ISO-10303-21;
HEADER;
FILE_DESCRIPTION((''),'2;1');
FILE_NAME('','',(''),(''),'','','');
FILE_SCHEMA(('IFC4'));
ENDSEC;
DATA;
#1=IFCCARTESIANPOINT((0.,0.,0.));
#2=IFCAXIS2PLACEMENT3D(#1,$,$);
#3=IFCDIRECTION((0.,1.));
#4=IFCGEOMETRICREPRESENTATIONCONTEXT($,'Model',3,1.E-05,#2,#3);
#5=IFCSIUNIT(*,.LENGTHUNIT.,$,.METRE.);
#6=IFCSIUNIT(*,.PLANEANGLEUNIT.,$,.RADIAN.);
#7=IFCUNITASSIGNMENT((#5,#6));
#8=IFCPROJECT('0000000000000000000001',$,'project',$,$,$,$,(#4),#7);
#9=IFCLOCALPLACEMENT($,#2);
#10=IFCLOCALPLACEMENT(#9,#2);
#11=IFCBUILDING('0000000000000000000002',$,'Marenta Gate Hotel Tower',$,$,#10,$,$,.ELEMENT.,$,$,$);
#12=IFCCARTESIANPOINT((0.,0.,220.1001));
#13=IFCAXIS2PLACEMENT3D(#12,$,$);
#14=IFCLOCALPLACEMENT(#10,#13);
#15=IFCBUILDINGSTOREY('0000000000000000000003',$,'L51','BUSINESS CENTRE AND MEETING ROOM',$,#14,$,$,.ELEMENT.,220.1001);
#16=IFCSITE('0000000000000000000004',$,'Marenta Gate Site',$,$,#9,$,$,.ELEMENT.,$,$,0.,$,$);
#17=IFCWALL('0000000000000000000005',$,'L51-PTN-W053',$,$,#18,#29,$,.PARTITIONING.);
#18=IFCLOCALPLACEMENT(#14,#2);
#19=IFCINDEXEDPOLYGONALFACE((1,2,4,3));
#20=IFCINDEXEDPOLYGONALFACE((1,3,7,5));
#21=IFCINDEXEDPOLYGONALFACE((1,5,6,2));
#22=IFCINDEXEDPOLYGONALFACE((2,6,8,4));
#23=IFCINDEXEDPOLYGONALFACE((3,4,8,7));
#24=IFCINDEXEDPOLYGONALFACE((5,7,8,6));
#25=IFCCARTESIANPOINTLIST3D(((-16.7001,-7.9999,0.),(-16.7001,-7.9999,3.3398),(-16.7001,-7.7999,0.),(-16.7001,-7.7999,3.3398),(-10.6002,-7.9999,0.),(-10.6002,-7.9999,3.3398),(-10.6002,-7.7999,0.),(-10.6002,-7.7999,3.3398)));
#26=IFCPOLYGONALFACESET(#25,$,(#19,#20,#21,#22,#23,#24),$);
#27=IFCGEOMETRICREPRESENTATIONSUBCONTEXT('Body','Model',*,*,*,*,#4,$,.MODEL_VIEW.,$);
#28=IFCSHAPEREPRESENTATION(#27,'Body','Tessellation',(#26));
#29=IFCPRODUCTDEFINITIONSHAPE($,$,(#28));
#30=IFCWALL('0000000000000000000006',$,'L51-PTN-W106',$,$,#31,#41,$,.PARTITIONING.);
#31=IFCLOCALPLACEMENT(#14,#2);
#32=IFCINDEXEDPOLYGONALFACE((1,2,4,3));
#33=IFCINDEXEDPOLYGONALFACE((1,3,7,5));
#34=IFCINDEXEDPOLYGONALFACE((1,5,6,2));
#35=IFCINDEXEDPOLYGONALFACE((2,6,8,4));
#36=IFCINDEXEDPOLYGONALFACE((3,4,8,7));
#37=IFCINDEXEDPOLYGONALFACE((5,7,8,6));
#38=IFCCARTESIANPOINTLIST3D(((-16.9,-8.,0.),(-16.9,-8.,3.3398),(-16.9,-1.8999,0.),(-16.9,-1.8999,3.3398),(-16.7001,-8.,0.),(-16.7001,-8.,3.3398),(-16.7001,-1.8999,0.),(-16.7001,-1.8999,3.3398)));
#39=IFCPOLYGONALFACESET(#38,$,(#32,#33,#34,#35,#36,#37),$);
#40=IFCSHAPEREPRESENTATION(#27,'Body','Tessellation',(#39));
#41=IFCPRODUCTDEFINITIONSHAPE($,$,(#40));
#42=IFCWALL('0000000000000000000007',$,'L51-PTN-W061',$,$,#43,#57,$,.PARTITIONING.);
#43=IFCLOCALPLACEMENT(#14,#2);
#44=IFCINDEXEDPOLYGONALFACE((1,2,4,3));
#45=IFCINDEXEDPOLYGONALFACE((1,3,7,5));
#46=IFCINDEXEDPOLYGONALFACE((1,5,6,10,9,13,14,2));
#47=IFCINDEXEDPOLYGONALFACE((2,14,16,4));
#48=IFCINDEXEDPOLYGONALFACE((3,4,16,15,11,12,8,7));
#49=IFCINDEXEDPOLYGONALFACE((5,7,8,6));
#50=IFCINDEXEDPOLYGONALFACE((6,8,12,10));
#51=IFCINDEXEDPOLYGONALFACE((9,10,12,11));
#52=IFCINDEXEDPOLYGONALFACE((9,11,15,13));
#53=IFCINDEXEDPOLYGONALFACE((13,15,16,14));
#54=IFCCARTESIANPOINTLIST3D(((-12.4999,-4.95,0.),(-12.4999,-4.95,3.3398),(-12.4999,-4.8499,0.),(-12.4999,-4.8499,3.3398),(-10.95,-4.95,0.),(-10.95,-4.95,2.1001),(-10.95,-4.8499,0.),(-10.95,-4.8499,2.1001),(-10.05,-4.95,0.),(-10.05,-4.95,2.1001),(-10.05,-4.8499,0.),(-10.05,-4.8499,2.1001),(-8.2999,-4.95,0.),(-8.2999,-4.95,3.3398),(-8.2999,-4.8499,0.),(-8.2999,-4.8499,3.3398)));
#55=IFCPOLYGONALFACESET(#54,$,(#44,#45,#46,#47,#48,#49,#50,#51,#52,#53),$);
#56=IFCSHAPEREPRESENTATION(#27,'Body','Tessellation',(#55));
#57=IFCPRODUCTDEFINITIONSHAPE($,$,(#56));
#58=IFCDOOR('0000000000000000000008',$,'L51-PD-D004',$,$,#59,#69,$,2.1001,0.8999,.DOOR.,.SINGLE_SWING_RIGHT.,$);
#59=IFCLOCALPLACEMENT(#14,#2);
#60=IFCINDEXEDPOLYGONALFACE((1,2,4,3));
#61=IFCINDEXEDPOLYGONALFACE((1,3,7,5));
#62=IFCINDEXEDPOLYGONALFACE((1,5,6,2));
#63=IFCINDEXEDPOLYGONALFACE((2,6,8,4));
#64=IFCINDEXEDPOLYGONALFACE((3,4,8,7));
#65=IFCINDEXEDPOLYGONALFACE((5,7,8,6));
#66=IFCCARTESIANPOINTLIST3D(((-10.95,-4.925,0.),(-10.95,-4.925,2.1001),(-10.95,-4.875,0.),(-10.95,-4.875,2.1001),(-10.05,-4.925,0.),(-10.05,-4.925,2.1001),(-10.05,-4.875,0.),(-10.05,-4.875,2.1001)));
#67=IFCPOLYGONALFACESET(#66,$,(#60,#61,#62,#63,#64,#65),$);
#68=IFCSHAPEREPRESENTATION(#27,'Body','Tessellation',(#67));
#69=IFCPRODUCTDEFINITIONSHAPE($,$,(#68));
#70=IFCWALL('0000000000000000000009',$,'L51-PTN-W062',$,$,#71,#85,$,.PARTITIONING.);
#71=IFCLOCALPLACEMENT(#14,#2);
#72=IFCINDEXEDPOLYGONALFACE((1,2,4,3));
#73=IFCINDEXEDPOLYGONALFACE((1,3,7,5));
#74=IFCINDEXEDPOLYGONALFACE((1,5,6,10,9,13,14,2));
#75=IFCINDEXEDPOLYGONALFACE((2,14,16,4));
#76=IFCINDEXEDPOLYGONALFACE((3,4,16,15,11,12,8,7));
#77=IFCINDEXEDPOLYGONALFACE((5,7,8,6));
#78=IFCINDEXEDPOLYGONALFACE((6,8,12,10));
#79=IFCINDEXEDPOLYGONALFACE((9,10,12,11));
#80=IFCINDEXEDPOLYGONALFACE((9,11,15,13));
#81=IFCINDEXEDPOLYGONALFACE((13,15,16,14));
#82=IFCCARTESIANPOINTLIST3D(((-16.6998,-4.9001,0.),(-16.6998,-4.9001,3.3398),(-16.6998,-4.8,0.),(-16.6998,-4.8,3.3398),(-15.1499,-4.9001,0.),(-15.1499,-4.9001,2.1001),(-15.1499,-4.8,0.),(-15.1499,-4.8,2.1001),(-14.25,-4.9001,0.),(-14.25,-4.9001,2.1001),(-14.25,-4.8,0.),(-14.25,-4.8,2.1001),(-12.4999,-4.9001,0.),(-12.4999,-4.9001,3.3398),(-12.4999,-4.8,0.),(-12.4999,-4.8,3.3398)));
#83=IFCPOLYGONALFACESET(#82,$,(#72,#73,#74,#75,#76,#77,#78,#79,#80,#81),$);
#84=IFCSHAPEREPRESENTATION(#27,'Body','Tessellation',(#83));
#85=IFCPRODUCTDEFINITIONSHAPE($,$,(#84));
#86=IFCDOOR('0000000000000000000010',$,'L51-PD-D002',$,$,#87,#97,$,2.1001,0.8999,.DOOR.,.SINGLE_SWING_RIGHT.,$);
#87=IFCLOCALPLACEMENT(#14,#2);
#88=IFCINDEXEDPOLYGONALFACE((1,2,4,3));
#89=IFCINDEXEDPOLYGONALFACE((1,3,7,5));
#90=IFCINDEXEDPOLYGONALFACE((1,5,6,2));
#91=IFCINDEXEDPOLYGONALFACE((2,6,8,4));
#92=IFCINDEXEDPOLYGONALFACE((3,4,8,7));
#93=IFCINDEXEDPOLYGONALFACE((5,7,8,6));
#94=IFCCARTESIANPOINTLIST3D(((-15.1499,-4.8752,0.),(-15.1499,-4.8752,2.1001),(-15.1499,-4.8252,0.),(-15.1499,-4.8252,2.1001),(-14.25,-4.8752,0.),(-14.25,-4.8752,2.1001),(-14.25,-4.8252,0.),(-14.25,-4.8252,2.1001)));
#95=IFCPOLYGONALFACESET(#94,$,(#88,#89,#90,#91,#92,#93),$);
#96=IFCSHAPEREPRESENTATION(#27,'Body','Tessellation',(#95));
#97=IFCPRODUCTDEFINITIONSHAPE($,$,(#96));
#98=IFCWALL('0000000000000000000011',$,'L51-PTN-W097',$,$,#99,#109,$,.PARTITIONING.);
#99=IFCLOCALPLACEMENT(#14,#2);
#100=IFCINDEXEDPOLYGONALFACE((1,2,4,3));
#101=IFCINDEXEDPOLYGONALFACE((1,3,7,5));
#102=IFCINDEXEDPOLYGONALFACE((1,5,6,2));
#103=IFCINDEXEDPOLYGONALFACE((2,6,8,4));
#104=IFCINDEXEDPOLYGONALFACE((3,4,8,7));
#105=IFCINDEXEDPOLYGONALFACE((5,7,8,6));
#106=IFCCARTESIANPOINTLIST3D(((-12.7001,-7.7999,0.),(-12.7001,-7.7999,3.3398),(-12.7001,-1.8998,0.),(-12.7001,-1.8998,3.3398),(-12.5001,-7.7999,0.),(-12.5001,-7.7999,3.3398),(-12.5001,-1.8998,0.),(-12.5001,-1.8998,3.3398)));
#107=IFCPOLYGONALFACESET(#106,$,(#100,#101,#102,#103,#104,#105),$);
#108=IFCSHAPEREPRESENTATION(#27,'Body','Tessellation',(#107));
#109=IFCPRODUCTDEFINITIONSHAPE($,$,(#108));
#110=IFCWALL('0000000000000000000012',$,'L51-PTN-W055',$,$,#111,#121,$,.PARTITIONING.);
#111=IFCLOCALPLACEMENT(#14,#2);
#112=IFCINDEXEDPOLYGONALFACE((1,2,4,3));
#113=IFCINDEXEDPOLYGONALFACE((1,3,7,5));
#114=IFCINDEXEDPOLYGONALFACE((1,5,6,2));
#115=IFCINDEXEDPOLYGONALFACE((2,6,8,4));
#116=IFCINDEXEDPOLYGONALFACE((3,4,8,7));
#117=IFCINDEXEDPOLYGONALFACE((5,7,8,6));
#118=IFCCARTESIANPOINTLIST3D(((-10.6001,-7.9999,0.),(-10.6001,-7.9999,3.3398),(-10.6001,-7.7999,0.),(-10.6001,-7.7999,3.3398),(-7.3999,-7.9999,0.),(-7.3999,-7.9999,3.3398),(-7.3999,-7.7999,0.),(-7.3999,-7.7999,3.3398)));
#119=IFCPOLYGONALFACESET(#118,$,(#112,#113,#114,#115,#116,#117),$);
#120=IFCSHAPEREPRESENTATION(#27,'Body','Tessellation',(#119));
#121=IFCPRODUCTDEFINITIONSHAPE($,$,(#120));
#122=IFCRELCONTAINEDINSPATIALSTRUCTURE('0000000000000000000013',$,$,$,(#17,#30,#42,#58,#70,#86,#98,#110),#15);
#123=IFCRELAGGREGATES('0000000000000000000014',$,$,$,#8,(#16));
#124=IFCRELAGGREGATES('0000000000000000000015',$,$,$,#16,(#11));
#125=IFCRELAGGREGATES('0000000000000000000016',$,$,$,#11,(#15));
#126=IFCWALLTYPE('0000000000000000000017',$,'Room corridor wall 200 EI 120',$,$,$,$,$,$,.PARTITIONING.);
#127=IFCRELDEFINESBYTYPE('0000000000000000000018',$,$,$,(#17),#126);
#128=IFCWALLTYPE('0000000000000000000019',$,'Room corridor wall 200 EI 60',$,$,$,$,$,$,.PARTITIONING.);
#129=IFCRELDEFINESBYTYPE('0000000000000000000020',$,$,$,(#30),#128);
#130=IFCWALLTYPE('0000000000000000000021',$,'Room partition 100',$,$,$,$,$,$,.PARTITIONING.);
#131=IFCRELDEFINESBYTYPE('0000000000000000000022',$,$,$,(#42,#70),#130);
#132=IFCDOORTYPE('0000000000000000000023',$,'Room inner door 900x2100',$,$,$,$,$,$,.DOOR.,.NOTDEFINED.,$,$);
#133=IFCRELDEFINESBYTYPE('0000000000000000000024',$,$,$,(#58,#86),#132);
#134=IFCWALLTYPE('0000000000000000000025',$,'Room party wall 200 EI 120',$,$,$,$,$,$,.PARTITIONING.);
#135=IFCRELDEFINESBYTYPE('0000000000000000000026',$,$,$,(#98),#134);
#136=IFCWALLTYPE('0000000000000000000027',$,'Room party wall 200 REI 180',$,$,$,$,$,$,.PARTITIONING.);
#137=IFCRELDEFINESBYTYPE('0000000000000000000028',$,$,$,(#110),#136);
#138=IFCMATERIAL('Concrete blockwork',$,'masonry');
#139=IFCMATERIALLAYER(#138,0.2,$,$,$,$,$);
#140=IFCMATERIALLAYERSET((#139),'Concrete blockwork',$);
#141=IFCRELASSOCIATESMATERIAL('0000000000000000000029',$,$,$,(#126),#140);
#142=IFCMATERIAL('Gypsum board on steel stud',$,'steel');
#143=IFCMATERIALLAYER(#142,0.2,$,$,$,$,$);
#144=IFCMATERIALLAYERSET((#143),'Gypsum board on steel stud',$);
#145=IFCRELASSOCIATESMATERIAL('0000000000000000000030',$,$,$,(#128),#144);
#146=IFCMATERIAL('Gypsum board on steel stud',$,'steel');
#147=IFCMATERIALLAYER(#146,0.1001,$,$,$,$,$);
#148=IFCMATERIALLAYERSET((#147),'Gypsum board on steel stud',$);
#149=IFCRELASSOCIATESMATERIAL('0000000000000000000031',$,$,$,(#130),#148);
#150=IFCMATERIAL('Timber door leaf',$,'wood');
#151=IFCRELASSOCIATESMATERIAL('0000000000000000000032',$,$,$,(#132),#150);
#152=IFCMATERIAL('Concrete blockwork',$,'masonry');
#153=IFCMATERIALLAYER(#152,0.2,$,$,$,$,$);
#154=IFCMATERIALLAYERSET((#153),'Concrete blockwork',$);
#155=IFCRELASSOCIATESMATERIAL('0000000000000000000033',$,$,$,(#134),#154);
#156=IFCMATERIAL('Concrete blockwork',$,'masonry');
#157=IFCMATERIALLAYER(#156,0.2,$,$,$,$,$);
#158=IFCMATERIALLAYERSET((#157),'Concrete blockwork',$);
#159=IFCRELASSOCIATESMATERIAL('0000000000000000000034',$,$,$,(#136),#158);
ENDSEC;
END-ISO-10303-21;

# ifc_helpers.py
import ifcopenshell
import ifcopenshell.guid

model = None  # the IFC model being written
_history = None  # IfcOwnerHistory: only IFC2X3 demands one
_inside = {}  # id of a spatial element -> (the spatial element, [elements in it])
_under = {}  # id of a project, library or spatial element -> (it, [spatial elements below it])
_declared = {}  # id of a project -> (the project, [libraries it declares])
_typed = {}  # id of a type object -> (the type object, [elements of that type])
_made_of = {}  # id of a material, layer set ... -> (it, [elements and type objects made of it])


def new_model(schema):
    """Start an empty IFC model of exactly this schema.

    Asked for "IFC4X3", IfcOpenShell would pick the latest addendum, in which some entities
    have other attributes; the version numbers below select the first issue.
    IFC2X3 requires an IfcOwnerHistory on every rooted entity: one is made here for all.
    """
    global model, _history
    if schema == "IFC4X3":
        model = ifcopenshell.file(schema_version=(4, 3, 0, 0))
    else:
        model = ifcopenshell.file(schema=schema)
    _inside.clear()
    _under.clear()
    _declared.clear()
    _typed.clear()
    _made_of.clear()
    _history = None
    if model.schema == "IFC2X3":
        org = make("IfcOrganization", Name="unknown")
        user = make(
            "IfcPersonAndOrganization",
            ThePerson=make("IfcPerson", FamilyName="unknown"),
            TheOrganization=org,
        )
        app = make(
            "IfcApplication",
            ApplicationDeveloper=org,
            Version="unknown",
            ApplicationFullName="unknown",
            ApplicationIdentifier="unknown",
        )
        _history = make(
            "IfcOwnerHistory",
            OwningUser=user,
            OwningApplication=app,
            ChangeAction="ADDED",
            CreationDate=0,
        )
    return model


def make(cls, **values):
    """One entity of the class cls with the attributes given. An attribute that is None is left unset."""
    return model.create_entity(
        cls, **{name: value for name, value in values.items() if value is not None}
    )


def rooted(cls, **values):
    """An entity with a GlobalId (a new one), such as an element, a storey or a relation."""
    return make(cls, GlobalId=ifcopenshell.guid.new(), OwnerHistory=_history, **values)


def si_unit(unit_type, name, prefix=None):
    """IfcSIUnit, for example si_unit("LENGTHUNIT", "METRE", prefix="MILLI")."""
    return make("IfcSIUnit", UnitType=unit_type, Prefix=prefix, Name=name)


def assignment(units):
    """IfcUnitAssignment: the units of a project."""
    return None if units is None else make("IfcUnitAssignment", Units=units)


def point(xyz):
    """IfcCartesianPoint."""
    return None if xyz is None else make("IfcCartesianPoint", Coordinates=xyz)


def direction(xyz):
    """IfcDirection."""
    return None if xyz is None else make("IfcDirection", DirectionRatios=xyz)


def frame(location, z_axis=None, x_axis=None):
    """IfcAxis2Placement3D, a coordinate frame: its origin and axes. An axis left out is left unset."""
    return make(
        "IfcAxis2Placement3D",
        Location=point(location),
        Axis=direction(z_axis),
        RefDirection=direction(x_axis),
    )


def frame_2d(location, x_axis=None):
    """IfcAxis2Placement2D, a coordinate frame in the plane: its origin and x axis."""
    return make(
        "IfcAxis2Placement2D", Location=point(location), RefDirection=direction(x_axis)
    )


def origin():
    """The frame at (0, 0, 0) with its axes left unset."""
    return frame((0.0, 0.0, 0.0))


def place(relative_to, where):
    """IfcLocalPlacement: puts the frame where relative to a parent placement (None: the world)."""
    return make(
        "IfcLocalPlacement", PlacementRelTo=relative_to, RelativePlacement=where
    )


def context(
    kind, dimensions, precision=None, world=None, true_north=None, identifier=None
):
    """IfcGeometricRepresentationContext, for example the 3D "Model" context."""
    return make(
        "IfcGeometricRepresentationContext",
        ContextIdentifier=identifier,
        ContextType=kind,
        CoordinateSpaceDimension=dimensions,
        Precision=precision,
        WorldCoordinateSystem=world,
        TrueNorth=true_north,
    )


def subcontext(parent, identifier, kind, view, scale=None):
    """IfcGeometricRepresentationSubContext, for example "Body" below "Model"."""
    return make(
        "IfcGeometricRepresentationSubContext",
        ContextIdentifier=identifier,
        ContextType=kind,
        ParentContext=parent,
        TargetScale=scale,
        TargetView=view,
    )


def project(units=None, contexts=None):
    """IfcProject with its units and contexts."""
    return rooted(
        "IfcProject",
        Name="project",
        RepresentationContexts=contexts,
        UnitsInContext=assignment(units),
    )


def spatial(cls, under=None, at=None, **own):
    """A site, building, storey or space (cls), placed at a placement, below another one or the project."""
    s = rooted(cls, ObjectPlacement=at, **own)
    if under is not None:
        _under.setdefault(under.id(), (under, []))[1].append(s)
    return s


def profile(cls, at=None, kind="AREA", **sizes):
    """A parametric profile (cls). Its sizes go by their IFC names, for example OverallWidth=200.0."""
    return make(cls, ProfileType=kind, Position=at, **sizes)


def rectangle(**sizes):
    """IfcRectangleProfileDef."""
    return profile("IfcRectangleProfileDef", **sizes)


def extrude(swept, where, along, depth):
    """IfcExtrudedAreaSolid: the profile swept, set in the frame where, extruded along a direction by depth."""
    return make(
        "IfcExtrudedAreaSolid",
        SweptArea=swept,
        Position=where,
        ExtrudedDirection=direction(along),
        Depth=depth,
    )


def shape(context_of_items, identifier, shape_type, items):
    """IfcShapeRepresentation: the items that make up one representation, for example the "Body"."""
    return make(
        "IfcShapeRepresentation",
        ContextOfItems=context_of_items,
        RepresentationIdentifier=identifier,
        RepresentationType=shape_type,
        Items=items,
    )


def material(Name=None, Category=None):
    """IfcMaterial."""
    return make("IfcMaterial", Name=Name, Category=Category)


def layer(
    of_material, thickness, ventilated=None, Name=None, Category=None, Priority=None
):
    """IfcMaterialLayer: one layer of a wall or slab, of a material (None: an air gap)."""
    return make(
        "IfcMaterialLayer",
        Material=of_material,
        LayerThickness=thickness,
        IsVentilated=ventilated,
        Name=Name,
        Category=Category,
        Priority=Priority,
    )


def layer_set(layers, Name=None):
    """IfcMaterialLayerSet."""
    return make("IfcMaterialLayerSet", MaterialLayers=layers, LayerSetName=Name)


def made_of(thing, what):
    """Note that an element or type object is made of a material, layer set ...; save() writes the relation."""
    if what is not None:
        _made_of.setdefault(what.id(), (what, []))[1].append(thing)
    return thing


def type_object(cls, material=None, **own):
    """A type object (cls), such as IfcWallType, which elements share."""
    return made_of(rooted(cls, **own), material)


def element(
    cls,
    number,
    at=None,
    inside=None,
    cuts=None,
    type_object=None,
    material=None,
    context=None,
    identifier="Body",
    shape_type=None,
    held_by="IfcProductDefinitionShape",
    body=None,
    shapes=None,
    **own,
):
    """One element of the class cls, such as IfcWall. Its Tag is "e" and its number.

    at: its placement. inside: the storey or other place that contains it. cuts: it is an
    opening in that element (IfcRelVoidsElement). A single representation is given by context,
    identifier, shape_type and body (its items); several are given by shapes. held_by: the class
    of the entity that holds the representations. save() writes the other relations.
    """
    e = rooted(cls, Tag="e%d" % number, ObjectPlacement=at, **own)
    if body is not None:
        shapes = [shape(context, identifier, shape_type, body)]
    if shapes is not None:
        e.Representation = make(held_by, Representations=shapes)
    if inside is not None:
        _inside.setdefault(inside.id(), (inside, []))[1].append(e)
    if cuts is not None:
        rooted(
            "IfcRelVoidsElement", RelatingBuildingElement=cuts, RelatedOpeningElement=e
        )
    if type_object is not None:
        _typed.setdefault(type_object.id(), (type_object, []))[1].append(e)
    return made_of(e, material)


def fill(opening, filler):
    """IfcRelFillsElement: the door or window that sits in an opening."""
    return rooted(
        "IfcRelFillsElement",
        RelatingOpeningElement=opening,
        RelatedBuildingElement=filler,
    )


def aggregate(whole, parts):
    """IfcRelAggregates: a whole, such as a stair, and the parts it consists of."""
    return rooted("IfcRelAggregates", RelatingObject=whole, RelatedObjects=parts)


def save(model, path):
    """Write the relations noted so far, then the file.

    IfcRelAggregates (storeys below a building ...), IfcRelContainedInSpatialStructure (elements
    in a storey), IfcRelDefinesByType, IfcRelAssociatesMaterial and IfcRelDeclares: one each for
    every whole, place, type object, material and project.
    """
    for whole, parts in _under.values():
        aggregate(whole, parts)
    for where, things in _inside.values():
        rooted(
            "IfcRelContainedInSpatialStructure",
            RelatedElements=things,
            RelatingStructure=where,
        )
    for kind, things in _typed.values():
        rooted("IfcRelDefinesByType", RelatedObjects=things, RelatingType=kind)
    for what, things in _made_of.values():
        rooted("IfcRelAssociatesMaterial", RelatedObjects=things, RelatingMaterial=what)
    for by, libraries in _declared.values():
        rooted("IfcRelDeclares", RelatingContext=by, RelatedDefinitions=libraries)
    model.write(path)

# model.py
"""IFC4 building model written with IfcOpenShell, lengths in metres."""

from ifc_helpers import new_model, si_unit, direction, frame, frame_2d, origin, place, context, subcontext, project, spatial, rectangle, extrude, material, layer, layer_set, type_object, element, fill, save


model = new_model("IFC4")

# Units and contexts
model_context = context("Model", 3, precision=1e-05, world=origin(), true_north=direction((0.0, 1.0)))
body_context = subcontext(model_context, "Body", "Model", "MODEL_VIEW")
ifc_project = project(units=[si_unit("LENGTHUNIT", "METRE"), si_unit("PLANEANGLEUNIT", "RADIAN")], contexts=[model_context])

# Site, building, storey
site_placement = place(None, origin())
site = spatial("IfcSite", under=ifc_project, at=site_placement, Name="Marenta Gate Site", CompositionType="ELEMENT", RefElevation=0.0)
building_placement = place(site_placement, origin())
building = spatial("IfcBuilding", under=site, at=building_placement, Name="Marenta Gate Hotel Tower", CompositionType="ELEMENT")
storey_placement = place(building_placement, frame((0.0, 0.0, 220.1001)))
storey = spatial("IfcBuildingStorey", under=building, at=storey_placement, Name="L51", Description="BUSINESS CENTRE AND MEETING ROOM", CompositionType="ELEMENT", Elevation=220.1001)

# Wall
ifc_material_1 = material(Name="Concrete blockwork", Category="masonry")
ifc_layer_1 = layer(ifc_material_1, 0.2)
ifc_layer_set_1 = layer_set([ifc_layer_1], Name="Concrete blockwork")
wall_type_1 = type_object("IfcWallType", Name="Room corridor wall 200 EI 120", PredefinedType="PARTITIONING", material=ifc_layer_set_1)
wall_1_placement = place(storey_placement, frame((-16.7, -7.8999, 0.0), z_axis=(0.0, 0.0, 1.0), x_axis=(1.0, 0.0, 0.0)))
element("IfcWall", 1, at=wall_1_placement, inside=storey, type_object=wall_type_1, Name="L51-PTN-W053", PredefinedType="PARTITIONING", context=body_context, shape_type="SweptSolid", body=[
    extrude(rectangle(XDim=6.0999, YDim=0.2, at=frame_2d((3.0498, 0.0))), origin(), (0.0, 0.0, 1.0), 3.3398),
])

# Wall
ifc_material_2 = material(Name="Gypsum board on steel stud", Category="steel")
ifc_layer_2 = layer(ifc_material_2, 0.2)
ifc_layer_set_2 = layer_set([ifc_layer_2], Name="Gypsum board on steel stud")
wall_type_2 = type_object("IfcWallType", Name="Room corridor wall 200 EI 60", PredefinedType="PARTITIONING", material=ifc_layer_set_2)
wall_2_placement = place(storey_placement, frame((-16.8, -8.0, 0.0), z_axis=(0.0, 0.0, 1.0), x_axis=(0.0, 1.0, 0.0)))
element("IfcWall", 2, at=wall_2_placement, inside=storey, type_object=wall_type_2, Name="L51-PTN-W106", PredefinedType="PARTITIONING", context=body_context, shape_type="SweptSolid", body=[
    extrude(rectangle(XDim=6.1001, YDim=0.2, at=frame_2d((3.05, 0.0))), origin(), (0.0, 0.0, 1.0), 3.3398),
])

# Walls, openings, doors
ifc_material_3 = material(Name="Gypsum board on steel stud", Category="steel")
ifc_layer_3 = layer(ifc_material_3, 0.1001)
ifc_layer_set_3 = layer_set([ifc_layer_3], Name="Gypsum board on steel stud")
wall_type_3 = type_object("IfcWallType", Name="Room partition 100", PredefinedType="PARTITIONING", material=ifc_layer_set_3)
wall_3_placement = place(storey_placement, frame((-12.5, -4.8999, 0.0), z_axis=(0.0, 0.0, 1.0), x_axis=(1.0, 0.0, 0.0)))
wall_3 = element("IfcWall", 3, at=wall_3_placement, inside=storey, type_object=wall_type_3, Name="L51-PTN-W061", PredefinedType="PARTITIONING", context=body_context, shape_type="SweptSolid", body=[
    extrude(rectangle(XDim=4.2, YDim=0.1001, at=frame_2d((2.1001, 0.0))), origin(), (0.0, 0.0, 1.0), 3.3398),
])
opening_1_placement = place(wall_3_placement, frame((1.55, 0.0, 0.0)))
opening_1 = element("IfcOpeningElement", 4, at=opening_1_placement, cuts=wall_3, PredefinedType="OPENING", context=body_context, shape_type="SweptSolid", body=[
    extrude(rectangle(XDim=0.8999, YDim=2.1001, at=frame_2d((0.45, 1.05))), frame((0.0, 0.05, 0.0), z_axis=(0.0, -1.0, 0.0), x_axis=(1.0, 0.0, 0.0)), (0.0, 0.0, 1.0), 0.1001),
])
ifc_material_4 = material(Name="Timber door leaf", Category="wood")
door_type_1 = type_object("IfcDoorType", Name="Room inner door 900x2100", OperationType="NOTDEFINED", PredefinedType="DOOR", material=ifc_material_4)
door_1_placement = place(opening_1_placement, origin())
door_1 = element("IfcDoor", 5, at=door_1_placement, inside=storey, type_object=door_type_1, Name="L51-PD-D004", OperationType="SINGLE_SWING_RIGHT", OverallHeight=2.1001, OverallWidth=0.8999, PredefinedType="DOOR", context=body_context, shape_type="SweptSolid", body=[
    extrude(rectangle(XDim=0.8999, YDim=2.1001, at=frame_2d((0.45, 1.05))), frame((0.0, 0.0249, 0.0), z_axis=(0.0, -1.0, 0.0), x_axis=(1.0, 0.0, 0.0)), (0.0, 0.0, 1.0), 0.05),
])
fill(opening_1, door_1)
wall_4_placement = place(storey_placement, frame((-16.7, -4.8501, 0.0), z_axis=(0.0, 0.0, 1.0), x_axis=(1.0, 0.0, 0.0)))
wall_4 = element("IfcWall", 6, at=wall_4_placement, inside=storey, type_object=wall_type_3, Name="L51-PTN-W062", PredefinedType="PARTITIONING", context=body_context, shape_type="SweptSolid", body=[
    extrude(rectangle(XDim=4.2, YDim=0.1001, at=frame_2d((2.1001, 0.0))), origin(), (0.0, 0.0, 1.0), 3.3398),
])
opening_2_placement = place(wall_4_placement, frame((1.55, 0.0, 0.0)))
opening_2 = element("IfcOpeningElement", 7, at=opening_2_placement, cuts=wall_4, PredefinedType="OPENING", context=body_context, shape_type="SweptSolid", body=[
    extrude(rectangle(XDim=0.8999, YDim=2.1001, at=frame_2d((0.45, 1.05))), frame((0.0, 0.05, 0.0), z_axis=(0.0, -1.0, 0.0), x_axis=(1.0, 0.0, 0.0)), (0.0, 0.0, 1.0), 0.1001),
])
door_2_placement = place(opening_2_placement, origin())
door_2 = element("IfcDoor", 8, at=door_2_placement, inside=storey, type_object=door_type_1, Name="L51-PD-D002", OperationType="SINGLE_SWING_RIGHT", OverallHeight=2.1001, OverallWidth=0.8999, PredefinedType="DOOR", context=body_context, shape_type="SweptSolid", body=[
    extrude(rectangle(XDim=0.8999, YDim=2.1001, at=frame_2d((0.45, 1.05))), frame((0.0, 0.0249, 0.0), z_axis=(0.0, -1.0, 0.0), x_axis=(1.0, 0.0, 0.0)), (0.0, 0.0, 1.0), 0.05),
])
fill(opening_2, door_2)

# Walls
ifc_material_5 = material(Name="Concrete blockwork", Category="masonry")
ifc_layer_4 = layer(ifc_material_5, 0.2)
ifc_layer_set_4 = layer_set([ifc_layer_4], Name="Concrete blockwork")
wall_type_4 = type_object("IfcWallType", Name="Room party wall 200 EI 120", PredefinedType="PARTITIONING", material=ifc_layer_set_4)
wall_5_placement = place(storey_placement, frame((-12.6001, -7.8, 0.0), z_axis=(0.0, 0.0, 1.0), x_axis=(0.0, 1.0, 0.0)))
element("IfcWall", 9, at=wall_5_placement, inside=storey, type_object=wall_type_4, Name="L51-PTN-W097", PredefinedType="PARTITIONING", context=body_context, shape_type="SweptSolid", body=[
    extrude(rectangle(XDim=5.9001, YDim=0.2, at=frame_2d((2.9502, 0.0))), origin(), (0.0, 0.0, 1.0), 3.3398),
])
ifc_material_6 = material(Name="Concrete blockwork", Category="masonry")
ifc_layer_5 = layer(ifc_material_6, 0.2)
ifc_layer_set_5 = layer_set([ifc_layer_5], Name="Concrete blockwork")
wall_type_5 = type_object("IfcWallType", Name="Room party wall 200 REI 180", PredefinedType="PARTITIONING", material=ifc_layer_set_5)
wall_6_placement = place(storey_placement, frame((-10.6001, -7.8999, 0.0), z_axis=(0.0, 0.0, 1.0), x_axis=(1.0, 0.0, 0.0)))
element("IfcWall", 10, at=wall_6_placement, inside=storey, type_object=wall_type_5, Name="L51-PTN-W055", PredefinedType="PARTITIONING", context=body_context, shape_type="SweptSolid", body=[
    extrude(rectangle(XDim=3.2002, YDim=0.2, at=frame_2d((1.6001, 0.0))), origin(), (0.0, 0.0, 1.0), 3.3398),
])

save(model, "model.ifc")
